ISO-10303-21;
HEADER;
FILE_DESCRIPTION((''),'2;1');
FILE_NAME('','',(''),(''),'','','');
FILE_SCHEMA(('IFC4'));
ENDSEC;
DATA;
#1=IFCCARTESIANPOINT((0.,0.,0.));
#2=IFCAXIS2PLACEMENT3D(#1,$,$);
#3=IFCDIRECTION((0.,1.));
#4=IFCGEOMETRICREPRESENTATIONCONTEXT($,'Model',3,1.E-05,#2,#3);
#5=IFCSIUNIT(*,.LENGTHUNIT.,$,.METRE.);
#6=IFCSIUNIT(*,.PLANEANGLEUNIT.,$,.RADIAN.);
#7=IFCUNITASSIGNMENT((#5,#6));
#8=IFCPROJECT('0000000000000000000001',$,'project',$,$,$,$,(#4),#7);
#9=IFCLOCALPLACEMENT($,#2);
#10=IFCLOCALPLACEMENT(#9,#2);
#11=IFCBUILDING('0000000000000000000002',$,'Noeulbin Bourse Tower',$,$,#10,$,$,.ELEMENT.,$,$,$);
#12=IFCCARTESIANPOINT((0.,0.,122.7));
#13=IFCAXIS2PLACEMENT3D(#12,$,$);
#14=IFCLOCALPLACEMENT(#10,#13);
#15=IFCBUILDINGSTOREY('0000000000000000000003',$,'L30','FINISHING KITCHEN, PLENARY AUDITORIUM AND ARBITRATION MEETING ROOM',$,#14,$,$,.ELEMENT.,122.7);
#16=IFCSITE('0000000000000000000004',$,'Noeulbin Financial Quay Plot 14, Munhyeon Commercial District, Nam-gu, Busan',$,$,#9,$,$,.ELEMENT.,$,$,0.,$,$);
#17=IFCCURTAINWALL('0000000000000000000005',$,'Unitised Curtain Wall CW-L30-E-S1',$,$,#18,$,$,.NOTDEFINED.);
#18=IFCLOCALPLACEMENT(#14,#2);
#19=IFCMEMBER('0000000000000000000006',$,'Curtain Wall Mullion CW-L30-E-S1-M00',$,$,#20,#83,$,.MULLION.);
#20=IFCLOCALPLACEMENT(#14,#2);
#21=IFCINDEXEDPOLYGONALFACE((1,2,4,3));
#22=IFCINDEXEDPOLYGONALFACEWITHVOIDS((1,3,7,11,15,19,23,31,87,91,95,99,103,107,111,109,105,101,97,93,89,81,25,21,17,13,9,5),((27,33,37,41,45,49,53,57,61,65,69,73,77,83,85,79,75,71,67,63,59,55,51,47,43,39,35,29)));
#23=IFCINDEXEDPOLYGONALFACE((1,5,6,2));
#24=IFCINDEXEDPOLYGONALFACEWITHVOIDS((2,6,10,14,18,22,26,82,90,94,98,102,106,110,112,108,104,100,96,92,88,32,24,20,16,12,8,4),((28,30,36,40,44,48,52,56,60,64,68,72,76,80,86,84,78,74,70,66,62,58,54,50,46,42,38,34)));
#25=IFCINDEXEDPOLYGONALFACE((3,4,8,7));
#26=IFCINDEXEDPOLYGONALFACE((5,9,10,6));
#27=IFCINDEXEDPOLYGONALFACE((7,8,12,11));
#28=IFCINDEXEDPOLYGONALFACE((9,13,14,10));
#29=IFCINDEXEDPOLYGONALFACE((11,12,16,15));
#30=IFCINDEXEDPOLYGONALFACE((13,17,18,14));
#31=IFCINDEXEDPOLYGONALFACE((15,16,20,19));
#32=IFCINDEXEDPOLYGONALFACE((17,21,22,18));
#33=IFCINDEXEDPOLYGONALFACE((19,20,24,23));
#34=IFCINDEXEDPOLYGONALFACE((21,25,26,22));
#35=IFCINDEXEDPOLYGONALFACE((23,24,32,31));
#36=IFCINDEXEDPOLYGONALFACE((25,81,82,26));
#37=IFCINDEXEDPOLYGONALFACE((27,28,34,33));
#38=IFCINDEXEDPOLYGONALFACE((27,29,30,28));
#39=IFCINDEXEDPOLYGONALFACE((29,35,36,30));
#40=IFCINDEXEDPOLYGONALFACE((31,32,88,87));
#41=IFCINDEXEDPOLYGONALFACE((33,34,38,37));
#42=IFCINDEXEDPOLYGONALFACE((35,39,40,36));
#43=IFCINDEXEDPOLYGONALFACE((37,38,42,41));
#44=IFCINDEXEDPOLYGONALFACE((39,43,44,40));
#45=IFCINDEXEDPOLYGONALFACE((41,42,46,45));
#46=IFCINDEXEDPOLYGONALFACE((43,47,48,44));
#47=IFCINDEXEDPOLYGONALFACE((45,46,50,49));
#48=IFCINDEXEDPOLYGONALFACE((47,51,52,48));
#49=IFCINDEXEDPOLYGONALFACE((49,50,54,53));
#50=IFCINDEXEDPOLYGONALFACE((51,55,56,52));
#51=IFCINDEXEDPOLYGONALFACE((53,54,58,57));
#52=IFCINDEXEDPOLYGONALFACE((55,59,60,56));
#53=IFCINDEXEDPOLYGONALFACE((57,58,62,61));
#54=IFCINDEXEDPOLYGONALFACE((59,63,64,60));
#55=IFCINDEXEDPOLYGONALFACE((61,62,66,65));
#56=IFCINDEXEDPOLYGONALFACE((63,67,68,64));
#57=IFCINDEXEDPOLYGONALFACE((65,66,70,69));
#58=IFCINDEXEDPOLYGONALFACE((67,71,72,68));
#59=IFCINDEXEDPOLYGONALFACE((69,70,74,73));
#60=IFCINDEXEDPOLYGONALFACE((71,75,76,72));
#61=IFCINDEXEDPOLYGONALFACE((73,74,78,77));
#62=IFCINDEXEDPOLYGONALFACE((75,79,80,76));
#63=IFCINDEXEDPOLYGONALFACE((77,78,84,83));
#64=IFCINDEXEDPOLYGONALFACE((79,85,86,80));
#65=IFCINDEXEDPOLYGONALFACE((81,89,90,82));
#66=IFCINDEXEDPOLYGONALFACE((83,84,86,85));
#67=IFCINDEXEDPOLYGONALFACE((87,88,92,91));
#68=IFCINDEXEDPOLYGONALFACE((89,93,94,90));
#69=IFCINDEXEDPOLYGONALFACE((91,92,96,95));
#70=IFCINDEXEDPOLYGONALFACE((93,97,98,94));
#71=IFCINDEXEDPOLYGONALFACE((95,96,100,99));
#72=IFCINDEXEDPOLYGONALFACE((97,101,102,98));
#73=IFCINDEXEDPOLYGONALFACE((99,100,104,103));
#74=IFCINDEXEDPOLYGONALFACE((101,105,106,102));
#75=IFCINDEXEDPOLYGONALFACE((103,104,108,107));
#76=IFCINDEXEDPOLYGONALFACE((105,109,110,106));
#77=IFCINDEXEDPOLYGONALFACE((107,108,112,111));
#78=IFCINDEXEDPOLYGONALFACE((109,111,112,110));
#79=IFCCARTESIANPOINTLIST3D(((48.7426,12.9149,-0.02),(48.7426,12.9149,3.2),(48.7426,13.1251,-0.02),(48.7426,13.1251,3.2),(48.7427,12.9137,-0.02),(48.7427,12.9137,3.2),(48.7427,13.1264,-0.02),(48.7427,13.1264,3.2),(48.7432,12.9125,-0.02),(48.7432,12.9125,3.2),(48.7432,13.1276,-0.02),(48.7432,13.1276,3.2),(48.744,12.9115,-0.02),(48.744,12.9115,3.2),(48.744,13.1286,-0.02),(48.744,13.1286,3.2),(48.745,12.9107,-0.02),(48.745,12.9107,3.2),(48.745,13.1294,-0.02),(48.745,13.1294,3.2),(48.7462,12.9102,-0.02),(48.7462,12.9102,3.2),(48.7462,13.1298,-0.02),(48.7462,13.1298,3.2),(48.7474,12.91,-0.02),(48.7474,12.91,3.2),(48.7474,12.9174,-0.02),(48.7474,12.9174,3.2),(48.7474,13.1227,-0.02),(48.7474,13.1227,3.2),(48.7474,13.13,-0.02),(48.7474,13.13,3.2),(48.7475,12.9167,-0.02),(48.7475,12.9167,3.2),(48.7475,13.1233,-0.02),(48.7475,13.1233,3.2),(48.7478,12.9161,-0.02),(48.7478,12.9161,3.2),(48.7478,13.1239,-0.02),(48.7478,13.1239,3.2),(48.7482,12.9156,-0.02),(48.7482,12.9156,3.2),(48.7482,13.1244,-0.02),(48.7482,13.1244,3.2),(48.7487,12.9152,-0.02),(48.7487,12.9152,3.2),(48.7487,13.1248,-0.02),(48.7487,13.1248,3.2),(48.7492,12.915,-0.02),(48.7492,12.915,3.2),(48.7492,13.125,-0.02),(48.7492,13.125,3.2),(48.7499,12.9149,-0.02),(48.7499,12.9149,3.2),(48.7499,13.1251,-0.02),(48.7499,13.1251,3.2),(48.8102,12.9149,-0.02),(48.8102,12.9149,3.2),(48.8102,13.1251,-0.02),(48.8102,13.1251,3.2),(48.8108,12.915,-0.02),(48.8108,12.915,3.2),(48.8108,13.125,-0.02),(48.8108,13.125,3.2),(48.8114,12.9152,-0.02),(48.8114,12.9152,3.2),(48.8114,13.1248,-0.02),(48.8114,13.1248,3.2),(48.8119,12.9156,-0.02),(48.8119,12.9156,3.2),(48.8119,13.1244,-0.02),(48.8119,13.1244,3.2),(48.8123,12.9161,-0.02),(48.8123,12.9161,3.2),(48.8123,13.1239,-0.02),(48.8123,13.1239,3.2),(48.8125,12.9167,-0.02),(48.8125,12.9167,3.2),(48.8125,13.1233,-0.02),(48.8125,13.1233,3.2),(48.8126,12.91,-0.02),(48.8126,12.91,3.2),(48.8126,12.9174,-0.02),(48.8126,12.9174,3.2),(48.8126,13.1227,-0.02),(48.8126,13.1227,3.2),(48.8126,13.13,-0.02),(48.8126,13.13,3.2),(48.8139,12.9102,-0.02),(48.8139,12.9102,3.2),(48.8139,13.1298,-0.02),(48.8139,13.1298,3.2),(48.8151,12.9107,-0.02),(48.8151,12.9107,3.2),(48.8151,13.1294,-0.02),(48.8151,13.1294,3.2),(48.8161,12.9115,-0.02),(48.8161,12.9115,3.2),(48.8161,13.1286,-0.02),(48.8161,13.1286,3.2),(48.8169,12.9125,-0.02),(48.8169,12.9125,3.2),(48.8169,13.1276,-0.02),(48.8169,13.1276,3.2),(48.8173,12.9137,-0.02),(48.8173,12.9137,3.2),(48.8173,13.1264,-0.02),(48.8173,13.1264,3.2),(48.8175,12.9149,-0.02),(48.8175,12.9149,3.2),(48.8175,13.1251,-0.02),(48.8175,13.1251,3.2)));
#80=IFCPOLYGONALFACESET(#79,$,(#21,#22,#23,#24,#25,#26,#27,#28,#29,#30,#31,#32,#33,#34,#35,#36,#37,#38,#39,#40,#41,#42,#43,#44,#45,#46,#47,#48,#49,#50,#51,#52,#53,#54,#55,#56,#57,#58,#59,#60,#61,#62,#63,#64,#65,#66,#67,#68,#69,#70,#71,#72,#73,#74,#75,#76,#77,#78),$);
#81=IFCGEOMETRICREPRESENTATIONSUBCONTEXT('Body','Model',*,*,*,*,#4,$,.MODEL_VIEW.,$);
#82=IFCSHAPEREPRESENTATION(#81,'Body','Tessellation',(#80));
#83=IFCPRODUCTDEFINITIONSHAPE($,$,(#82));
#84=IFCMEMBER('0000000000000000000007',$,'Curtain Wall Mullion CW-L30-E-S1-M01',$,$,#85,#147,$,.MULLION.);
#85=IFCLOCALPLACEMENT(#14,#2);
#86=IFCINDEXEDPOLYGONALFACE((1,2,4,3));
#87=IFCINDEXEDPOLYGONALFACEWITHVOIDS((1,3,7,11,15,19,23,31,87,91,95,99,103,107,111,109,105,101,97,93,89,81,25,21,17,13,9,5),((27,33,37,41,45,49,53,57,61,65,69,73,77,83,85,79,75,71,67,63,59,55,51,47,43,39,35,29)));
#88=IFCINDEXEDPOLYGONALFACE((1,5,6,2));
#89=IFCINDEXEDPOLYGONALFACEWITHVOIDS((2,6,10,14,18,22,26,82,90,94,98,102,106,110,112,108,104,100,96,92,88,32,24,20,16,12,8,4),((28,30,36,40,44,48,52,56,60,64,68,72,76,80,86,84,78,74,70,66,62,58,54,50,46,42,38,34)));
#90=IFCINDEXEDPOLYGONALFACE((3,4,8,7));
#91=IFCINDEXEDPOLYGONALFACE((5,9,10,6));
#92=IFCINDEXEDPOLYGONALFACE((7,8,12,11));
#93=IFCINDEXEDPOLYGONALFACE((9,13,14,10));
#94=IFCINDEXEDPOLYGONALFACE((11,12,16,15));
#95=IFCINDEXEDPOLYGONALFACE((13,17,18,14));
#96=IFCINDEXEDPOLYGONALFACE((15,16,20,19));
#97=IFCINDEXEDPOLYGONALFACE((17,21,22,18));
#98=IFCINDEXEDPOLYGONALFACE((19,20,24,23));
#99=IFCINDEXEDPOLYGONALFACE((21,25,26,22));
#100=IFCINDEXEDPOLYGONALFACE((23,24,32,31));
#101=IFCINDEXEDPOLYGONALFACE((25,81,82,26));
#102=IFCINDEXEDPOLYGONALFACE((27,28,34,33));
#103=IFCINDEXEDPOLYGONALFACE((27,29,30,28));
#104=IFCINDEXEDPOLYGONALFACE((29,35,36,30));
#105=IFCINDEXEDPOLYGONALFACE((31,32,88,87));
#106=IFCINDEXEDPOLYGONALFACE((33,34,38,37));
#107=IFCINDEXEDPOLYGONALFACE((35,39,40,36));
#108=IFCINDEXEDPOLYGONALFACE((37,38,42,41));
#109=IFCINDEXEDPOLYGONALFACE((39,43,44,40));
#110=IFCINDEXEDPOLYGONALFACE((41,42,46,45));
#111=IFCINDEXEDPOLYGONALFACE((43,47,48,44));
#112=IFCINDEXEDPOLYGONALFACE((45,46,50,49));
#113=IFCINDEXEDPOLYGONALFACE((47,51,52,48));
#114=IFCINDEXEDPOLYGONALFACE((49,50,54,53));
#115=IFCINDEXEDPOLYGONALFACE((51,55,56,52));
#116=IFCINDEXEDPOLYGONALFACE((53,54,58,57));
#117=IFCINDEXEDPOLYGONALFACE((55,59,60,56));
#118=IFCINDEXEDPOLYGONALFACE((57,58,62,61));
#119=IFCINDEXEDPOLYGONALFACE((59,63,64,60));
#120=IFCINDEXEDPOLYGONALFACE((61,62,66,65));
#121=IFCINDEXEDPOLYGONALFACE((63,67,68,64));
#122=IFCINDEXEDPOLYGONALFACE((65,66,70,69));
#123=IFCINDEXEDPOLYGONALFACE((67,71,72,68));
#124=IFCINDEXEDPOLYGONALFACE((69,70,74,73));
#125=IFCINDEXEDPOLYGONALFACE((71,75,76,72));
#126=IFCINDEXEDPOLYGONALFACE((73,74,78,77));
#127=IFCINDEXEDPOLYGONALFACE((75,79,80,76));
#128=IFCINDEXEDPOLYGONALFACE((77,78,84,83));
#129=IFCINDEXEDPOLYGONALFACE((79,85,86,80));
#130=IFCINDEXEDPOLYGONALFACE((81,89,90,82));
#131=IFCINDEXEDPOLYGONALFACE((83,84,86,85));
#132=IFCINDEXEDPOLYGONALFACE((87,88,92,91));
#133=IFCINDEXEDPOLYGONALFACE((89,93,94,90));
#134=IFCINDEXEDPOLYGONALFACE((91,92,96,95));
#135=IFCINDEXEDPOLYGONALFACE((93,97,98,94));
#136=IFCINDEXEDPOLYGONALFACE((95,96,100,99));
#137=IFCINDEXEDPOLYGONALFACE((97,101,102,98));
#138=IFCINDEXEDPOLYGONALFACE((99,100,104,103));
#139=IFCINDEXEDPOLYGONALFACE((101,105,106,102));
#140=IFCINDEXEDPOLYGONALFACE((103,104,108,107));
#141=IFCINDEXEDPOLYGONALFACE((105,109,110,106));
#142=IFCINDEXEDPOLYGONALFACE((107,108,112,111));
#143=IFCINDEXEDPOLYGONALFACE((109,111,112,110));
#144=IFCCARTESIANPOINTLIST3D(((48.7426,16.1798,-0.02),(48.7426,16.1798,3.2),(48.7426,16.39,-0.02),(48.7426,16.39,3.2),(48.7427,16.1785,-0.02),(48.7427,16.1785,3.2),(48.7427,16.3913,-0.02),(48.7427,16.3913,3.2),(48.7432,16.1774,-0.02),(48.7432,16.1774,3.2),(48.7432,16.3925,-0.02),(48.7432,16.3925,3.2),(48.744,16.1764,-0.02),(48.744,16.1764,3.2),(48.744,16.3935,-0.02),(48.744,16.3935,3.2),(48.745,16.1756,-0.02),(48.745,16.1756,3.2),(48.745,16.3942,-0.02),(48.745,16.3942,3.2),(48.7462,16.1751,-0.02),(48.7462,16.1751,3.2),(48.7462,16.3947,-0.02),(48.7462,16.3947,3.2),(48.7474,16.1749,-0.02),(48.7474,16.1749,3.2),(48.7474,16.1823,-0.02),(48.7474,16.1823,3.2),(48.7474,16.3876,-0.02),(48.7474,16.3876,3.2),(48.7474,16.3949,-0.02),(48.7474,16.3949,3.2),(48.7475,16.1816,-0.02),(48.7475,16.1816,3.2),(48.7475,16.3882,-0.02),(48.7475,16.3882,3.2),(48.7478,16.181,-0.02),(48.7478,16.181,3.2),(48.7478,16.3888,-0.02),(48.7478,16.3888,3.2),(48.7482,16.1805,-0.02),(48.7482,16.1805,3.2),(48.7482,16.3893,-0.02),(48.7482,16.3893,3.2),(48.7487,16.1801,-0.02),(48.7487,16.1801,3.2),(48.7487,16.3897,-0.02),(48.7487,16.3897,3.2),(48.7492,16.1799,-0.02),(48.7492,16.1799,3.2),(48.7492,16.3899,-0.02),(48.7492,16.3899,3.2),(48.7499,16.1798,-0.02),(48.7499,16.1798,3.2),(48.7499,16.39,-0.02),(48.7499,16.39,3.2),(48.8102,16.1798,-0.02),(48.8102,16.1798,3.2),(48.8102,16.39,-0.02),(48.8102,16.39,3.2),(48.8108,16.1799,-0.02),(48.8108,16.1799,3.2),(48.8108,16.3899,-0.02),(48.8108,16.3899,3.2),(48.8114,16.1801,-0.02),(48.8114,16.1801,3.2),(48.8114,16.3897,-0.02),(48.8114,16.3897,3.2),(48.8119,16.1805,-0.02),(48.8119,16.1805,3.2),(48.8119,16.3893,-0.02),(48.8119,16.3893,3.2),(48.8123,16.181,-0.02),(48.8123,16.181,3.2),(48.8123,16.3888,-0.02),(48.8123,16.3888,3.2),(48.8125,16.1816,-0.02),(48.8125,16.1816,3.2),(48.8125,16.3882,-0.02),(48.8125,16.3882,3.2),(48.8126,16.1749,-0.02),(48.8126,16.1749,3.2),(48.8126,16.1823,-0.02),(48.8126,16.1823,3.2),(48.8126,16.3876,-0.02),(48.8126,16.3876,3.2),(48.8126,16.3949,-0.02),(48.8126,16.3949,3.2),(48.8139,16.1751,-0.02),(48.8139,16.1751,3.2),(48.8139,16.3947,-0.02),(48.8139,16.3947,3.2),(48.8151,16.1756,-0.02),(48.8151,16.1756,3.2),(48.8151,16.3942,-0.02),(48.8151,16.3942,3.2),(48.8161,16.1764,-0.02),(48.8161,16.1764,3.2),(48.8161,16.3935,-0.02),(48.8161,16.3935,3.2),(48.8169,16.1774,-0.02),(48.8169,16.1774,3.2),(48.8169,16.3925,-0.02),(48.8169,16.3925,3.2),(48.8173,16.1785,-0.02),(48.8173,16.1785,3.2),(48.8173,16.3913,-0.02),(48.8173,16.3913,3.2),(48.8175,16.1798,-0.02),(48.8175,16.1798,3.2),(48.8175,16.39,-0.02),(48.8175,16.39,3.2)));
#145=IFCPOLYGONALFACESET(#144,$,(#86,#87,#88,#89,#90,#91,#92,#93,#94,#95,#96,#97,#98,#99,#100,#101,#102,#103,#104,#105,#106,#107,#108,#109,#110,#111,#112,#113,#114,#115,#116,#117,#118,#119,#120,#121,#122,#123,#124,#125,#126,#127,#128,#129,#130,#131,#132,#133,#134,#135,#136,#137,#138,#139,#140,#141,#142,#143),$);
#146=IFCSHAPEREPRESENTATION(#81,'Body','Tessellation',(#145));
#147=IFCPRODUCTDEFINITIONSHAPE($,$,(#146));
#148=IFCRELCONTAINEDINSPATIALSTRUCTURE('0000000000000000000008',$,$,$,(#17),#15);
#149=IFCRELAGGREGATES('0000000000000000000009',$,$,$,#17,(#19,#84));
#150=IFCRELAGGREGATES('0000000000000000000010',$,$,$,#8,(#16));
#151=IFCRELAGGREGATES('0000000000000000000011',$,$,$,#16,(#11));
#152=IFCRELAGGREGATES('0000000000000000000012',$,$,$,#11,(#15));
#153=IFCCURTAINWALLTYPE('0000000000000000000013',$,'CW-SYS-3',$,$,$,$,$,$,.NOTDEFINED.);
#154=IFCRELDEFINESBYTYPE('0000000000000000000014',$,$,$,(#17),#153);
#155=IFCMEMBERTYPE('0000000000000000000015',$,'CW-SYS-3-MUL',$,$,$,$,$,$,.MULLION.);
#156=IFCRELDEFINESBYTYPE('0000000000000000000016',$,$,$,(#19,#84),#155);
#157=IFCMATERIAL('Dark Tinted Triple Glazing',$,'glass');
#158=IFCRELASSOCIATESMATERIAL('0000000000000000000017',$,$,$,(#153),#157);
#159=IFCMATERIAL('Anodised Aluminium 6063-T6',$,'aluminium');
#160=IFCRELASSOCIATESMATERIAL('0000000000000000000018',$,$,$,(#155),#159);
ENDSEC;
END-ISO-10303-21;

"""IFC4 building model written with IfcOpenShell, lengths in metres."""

from ifc_helpers import new_model, si_unit, direction, frame, origin, origin_2d, place, context, subcontext, project, spatial, hollow_rectangle, extrude, material, material_profile, profile_set, type_object, element, aggregate, save


model = new_model("IFC4")

# Units and contexts
model_context = context("Model", 3, precision=1e-05, world=origin(), true_north=direction((0.0, 1.0)))
body_context = subcontext(model_context, "Body", "Model", "MODEL_VIEW")
ifc_project = project(units=[si_unit("LENGTHUNIT", "METRE"), si_unit("PLANEANGLEUNIT", "RADIAN")], contexts=[model_context])

# Site, building, storey
site_placement = place(None, origin())
site = spatial("IfcSite", under=ifc_project, at=site_placement, Name="Noeulbin Financial Quay Plot 14, Munhyeon Commercial District, Nam-gu, Busan", CompositionType="ELEMENT", RefElevation=0.0)
building_placement = place(site_placement, origin())
building = spatial("IfcBuilding", under=site, at=building_placement, Name="Noeulbin Bourse Tower", CompositionType="ELEMENT")
storey_placement = place(building_placement, frame((0.0, 0.0, 122.7)))
storey = spatial("IfcBuildingStorey", under=building, at=storey_placement, Name="L30", Description="FINISHING KITCHEN, PLENARY AUDITORIUM AND ARBITRATION MEETING ROOM", CompositionType="ELEMENT", Elevation=122.7)

# Curtain wall, members
ifc_material_1 = material(Name="Dark Tinted Triple Glazing", Category="glass")
curtain_wall_type = type_object("IfcCurtainWallType", Name="CW-SYS-3", PredefinedType="NOTDEFINED", material=ifc_material_1)
ifc_material_2 = material(Name="Anodised Aluminium 6063-T6", Category="aluminium")
ifc_material_profile_1 = material_profile(ifc_material_2, hollow_rectangle(XDim=0.075, YDim=0.22, WallThickness=0.0049, InnerFilletRadius=0.0024, OuterFilletRadius=0.0049, at=origin_2d()), Name="ALU-MULL-75x220x5", Category="LoadBearing")
ifc_profile_set_1 = profile_set([ifc_material_profile_1], Name="Anodised Aluminium 6063-T6")
member_type_1 = type_object("IfcMemberType", Name="CW-SYS-3-MUL", PredefinedType="MULLION", material=ifc_profile_set_1)
curtain_wall_1_placement = place(storey_placement, origin())
curtain_wall_1 = element("IfcCurtainWall", 1, at=curtain_wall_1_placement, inside=storey, type_object=curtain_wall_type, Name="Unitised Curtain Wall CW-L30-E-S1", PredefinedType="NOTDEFINED")
member_1_placement = place(storey_placement, frame((48.78, 13.02, -0.02), z_axis=(0.0, 0.0, 1.0), x_axis=(1.0, 0.0, 0.0)))
member_1 = element("IfcMember", 2, at=member_1_placement, type_object=member_type_1, Name="Curtain Wall Mullion CW-L30-E-S1-M00", PredefinedType="MULLION", context=body_context, shape_type="SweptSolid", body=[
    extrude(hollow_rectangle(XDim=0.075, YDim=0.22, WallThickness=0.0049, InnerFilletRadius=0.0024, OuterFilletRadius=0.0049, at=origin_2d()), origin(), (0.0, 0.0, 1.0), 3.22),
])
member_2_placement = place(storey_placement, frame((48.78, 16.2849, -0.02), z_axis=(0.0, 0.0, 1.0), x_axis=(1.0, 0.0, 0.0)))
member_2 = element("IfcMember", 3, at=member_2_placement, type_object=member_type_1, Name="Curtain Wall Mullion CW-L30-E-S1-M01", PredefinedType="MULLION", context=body_context, shape_type="SweptSolid", body=[
    extrude(hollow_rectangle(XDim=0.075, YDim=0.22, WallThickness=0.0049, InnerFilletRadius=0.0024, OuterFilletRadius=0.0049, at=origin_2d()), origin(), (0.0, 0.0, 1.0), 3.22),
])

aggregate(curtain_wall_1, [member_1, member_2])

save(model, "model.ifc")
